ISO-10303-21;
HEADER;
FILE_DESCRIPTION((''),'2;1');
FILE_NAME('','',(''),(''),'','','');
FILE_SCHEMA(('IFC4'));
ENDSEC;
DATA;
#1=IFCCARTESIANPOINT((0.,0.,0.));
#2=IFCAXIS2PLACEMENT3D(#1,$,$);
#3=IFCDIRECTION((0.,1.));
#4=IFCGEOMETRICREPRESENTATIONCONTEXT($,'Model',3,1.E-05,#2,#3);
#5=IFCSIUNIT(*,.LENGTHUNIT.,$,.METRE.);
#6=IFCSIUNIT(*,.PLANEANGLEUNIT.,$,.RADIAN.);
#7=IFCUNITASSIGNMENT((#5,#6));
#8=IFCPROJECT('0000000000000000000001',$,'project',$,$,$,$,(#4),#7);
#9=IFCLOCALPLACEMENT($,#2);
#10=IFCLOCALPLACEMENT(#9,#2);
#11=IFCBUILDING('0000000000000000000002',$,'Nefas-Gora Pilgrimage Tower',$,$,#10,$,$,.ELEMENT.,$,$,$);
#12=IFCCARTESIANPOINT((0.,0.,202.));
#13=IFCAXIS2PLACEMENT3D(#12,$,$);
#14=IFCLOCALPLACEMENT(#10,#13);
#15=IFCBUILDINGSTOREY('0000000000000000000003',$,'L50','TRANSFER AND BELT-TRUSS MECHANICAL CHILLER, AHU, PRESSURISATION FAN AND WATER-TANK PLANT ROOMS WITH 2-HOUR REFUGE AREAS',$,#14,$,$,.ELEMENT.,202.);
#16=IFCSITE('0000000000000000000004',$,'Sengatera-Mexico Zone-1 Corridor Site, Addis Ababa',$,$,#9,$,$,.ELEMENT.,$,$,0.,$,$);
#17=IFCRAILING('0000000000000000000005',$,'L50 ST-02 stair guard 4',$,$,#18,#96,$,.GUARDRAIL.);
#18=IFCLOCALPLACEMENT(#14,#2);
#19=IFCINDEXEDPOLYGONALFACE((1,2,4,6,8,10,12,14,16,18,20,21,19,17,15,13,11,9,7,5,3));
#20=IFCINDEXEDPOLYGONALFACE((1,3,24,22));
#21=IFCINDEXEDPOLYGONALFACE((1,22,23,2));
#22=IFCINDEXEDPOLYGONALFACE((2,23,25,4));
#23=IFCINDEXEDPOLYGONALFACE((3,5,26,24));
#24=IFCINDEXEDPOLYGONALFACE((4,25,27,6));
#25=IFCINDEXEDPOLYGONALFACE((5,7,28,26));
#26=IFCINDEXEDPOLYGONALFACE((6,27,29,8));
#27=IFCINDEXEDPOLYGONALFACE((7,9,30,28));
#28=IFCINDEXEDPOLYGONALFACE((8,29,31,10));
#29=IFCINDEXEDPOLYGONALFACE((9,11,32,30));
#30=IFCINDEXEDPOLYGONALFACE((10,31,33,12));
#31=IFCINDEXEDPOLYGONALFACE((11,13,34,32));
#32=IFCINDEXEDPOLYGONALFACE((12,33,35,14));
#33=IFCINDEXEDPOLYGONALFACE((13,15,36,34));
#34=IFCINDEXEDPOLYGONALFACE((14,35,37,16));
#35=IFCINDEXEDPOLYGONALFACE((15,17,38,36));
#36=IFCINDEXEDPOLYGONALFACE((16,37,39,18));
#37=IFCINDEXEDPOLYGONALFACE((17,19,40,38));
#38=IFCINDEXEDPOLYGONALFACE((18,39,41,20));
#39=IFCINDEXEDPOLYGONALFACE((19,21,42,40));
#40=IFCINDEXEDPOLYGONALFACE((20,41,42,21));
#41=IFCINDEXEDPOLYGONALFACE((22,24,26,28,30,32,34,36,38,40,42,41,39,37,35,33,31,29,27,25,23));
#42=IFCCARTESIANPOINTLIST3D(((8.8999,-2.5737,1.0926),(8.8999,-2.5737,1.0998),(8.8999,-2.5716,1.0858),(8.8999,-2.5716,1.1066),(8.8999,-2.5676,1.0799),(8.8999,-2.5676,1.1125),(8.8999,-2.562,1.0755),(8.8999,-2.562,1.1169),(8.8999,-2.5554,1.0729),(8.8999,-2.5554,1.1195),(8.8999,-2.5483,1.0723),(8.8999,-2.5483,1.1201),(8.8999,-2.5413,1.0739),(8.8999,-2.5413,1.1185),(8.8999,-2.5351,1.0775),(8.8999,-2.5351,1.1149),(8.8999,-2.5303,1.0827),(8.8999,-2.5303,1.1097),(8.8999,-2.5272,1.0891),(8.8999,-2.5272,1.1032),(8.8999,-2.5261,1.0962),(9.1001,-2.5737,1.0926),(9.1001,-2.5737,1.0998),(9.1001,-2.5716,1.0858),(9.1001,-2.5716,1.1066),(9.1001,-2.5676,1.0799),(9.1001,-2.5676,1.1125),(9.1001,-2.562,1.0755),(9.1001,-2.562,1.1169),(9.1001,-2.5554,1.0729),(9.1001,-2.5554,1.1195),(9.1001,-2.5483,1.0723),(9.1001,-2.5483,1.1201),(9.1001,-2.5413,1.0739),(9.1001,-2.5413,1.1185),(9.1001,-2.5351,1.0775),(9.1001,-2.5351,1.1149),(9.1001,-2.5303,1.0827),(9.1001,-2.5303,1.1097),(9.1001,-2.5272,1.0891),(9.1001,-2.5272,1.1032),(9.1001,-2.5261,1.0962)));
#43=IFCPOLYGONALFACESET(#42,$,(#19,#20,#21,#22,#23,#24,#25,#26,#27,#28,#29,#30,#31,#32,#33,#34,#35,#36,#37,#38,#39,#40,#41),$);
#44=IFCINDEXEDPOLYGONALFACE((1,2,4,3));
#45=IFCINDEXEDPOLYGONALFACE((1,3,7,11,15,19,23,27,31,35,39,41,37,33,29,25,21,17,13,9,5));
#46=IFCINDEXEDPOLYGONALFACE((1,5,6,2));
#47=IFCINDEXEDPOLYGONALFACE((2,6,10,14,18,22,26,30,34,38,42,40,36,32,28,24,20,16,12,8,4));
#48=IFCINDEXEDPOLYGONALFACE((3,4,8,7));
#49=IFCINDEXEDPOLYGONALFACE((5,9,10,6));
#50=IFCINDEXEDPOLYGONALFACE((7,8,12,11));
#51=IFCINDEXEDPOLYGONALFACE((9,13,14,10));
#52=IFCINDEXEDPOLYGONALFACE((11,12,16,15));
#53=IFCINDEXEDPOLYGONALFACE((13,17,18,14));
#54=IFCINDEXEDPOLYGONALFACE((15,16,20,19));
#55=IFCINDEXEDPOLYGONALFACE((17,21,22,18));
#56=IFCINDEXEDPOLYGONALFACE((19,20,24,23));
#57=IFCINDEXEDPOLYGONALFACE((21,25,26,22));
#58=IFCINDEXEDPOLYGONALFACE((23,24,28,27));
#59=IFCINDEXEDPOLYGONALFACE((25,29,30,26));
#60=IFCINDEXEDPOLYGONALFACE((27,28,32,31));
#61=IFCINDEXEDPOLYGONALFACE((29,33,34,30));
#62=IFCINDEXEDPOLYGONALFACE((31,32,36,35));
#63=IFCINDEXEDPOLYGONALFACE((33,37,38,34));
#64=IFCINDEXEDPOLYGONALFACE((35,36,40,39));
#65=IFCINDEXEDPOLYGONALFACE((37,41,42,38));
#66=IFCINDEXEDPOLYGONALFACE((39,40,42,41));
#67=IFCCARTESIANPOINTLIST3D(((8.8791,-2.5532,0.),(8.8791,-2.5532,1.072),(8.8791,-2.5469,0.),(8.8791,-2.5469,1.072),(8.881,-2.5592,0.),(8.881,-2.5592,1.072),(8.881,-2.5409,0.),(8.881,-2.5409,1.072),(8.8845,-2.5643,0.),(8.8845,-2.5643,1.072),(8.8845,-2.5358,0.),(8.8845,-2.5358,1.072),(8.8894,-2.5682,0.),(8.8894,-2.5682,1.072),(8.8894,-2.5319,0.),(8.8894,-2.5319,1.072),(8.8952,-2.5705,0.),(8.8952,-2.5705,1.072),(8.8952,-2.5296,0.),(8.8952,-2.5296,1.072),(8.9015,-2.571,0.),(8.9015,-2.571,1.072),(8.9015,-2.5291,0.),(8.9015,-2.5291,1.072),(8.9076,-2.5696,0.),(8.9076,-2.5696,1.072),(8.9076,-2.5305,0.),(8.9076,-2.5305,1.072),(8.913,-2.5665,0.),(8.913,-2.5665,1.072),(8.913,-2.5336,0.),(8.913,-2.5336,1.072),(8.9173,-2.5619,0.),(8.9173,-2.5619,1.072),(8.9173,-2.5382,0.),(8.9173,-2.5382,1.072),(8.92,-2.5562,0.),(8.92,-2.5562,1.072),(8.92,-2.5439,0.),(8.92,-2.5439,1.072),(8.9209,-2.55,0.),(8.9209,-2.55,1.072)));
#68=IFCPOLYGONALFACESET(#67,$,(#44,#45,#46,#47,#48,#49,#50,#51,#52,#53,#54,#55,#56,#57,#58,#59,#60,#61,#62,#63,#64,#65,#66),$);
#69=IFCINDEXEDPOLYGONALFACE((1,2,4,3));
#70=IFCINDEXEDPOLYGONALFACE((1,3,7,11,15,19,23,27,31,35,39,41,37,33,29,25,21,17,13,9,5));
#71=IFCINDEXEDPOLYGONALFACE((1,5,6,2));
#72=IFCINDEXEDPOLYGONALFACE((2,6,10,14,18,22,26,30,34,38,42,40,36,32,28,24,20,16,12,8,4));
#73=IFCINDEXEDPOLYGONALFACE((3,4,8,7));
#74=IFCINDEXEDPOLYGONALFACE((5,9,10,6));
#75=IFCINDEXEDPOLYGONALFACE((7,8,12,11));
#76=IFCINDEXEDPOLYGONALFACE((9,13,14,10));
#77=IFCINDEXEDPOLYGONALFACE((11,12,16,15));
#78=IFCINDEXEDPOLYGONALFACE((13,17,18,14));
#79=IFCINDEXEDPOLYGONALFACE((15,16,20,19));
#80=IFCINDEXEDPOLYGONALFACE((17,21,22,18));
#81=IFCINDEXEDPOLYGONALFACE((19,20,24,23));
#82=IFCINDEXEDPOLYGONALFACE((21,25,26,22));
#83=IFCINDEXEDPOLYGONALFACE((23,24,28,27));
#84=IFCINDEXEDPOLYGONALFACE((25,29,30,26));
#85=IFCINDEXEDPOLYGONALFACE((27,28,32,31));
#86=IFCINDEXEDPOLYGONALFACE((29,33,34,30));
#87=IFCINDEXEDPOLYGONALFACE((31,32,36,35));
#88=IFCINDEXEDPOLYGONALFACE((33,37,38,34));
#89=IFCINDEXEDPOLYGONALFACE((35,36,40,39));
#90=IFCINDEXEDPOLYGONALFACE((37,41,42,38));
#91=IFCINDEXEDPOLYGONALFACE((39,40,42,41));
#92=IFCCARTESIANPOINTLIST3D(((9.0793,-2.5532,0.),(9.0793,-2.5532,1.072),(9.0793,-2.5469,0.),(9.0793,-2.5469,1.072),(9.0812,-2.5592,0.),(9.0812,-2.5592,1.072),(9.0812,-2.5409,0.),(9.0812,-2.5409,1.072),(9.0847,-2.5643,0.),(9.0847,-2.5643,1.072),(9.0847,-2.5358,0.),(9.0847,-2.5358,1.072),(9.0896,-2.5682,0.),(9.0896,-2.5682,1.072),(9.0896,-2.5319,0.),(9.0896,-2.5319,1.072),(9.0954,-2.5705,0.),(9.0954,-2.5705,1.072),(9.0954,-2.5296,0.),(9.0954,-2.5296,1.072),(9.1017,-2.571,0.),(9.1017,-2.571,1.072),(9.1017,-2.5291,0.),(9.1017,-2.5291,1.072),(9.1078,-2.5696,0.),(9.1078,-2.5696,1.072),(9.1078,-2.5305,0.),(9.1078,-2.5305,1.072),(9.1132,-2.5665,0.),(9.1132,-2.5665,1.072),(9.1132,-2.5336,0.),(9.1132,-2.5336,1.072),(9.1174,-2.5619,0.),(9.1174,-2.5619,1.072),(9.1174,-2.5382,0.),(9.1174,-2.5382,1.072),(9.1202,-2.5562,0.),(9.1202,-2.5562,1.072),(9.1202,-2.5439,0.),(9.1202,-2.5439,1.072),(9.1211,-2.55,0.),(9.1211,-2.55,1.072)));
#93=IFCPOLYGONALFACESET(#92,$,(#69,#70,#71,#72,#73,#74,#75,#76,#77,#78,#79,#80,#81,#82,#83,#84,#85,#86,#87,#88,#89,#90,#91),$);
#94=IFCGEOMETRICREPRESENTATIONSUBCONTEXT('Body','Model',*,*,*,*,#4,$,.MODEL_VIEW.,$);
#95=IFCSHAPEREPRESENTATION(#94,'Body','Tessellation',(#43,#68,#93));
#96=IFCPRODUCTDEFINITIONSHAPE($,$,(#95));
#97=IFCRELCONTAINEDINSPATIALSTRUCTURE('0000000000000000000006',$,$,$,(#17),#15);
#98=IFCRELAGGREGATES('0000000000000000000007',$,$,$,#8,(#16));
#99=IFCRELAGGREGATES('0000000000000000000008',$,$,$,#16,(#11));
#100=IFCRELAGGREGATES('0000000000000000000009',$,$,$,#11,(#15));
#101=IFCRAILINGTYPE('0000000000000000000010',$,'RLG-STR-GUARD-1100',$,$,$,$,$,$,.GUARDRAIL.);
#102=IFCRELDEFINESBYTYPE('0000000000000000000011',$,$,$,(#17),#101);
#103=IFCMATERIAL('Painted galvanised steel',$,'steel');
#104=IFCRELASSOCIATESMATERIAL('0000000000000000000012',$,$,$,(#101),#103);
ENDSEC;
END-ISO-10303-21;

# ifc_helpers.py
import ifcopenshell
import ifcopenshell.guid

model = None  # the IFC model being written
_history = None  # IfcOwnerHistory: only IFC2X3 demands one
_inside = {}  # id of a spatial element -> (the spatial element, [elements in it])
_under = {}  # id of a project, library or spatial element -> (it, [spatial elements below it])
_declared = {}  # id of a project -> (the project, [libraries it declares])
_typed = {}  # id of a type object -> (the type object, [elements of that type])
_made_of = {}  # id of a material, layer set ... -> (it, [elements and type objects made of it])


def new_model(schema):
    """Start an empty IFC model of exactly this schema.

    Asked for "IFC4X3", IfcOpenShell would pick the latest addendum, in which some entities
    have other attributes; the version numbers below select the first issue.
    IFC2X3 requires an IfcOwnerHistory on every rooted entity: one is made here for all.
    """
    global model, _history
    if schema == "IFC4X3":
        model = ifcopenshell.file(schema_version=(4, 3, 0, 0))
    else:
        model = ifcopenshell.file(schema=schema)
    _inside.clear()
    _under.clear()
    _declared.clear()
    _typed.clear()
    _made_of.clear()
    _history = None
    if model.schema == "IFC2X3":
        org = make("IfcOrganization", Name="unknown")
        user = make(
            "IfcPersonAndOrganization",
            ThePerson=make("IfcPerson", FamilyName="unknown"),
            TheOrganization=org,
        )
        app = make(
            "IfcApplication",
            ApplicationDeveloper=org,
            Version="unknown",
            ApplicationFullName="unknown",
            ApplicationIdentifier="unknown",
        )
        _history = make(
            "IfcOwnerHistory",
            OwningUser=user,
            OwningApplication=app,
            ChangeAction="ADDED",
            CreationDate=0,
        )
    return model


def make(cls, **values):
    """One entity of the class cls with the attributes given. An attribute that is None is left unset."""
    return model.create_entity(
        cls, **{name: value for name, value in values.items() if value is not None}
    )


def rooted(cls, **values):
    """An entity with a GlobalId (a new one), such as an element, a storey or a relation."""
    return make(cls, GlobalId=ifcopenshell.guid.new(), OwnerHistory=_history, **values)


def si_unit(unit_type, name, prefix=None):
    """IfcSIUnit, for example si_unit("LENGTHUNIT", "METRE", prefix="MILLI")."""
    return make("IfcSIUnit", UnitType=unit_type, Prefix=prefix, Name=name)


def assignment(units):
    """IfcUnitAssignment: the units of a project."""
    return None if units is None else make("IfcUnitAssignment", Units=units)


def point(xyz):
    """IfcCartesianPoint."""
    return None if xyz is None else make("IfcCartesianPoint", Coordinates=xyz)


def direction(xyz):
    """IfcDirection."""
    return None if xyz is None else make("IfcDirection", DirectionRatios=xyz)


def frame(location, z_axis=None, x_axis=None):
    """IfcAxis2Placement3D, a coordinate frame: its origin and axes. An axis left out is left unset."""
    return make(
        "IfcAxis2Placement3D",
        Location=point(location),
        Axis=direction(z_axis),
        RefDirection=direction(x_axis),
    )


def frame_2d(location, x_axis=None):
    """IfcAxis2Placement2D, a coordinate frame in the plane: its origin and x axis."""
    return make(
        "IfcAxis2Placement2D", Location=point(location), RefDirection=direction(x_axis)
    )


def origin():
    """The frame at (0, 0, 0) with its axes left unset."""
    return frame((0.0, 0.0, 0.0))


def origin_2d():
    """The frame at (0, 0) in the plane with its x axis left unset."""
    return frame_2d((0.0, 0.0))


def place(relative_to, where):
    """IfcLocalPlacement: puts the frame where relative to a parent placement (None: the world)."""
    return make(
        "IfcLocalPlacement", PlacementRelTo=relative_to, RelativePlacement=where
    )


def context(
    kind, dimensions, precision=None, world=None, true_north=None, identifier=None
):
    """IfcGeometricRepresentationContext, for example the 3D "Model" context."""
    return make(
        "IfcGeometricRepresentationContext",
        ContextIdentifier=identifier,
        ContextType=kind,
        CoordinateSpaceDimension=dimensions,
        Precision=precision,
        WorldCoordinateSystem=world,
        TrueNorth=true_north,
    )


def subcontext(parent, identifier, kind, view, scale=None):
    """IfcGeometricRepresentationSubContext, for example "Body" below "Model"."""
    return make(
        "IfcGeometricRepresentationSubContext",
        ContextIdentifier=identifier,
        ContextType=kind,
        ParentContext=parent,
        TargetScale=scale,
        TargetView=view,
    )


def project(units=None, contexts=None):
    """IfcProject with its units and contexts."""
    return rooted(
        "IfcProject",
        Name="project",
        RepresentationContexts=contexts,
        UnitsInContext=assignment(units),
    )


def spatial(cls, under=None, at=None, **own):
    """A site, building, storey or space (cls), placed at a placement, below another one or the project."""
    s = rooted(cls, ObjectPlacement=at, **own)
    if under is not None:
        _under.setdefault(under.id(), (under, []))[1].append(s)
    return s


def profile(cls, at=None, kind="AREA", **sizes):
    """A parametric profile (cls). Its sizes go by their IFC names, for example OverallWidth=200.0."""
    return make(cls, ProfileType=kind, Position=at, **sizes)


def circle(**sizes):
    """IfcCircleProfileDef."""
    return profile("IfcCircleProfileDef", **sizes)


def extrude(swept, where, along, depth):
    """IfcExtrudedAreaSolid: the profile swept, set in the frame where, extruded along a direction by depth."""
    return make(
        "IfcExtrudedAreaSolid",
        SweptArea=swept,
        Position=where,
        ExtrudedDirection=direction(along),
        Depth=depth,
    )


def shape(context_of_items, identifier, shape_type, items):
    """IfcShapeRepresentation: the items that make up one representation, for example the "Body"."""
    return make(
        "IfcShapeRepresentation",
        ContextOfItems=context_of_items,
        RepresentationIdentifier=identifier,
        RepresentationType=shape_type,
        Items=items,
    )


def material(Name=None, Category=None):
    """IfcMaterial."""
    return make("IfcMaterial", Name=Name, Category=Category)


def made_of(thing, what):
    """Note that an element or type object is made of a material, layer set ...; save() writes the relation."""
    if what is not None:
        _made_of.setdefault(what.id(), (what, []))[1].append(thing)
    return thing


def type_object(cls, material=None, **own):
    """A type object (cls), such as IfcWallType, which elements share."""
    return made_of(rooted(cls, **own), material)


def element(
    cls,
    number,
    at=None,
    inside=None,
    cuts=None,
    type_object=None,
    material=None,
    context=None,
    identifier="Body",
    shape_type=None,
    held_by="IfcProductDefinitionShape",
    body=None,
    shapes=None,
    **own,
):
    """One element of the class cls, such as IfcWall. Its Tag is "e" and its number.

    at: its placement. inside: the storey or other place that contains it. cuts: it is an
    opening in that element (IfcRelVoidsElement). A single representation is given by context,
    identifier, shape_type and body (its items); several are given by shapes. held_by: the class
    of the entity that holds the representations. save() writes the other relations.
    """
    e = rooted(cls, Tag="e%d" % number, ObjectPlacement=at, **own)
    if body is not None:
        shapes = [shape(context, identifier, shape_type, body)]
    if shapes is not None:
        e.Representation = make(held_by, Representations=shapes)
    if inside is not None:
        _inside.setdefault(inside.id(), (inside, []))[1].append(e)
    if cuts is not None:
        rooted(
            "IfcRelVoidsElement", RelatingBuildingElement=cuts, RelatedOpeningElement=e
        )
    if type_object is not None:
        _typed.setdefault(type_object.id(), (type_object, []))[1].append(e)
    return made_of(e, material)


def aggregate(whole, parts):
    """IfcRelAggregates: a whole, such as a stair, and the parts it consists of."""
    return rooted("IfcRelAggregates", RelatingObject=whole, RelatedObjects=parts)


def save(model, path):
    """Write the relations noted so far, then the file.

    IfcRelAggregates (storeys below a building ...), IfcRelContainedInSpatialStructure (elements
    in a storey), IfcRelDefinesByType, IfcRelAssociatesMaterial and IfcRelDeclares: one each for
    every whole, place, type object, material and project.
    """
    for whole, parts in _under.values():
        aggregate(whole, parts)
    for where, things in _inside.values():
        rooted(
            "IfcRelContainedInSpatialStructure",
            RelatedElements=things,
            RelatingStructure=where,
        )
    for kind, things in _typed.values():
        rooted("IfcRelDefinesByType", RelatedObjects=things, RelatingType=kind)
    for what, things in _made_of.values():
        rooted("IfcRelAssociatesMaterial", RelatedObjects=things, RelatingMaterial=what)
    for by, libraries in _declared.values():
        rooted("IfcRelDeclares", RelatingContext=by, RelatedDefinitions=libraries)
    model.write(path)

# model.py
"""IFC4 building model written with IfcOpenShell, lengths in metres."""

from ifc_helpers import new_model, si_unit, direction, frame, origin, origin_2d, place, context, subcontext, project, spatial, circle, extrude, material, type_object, element, save


model = new_model("IFC4")

# Units and contexts
model_context = context("Model", 3, precision=1e-05, world=origin(), true_north=direction((0.0, 1.0)))
body_context = subcontext(model_context, "Body", "Model", "MODEL_VIEW")
ifc_project = project(units=[si_unit("LENGTHUNIT", "METRE"), si_unit("PLANEANGLEUNIT", "RADIAN")], contexts=[model_context])

# Site, building, storey
site_placement = place(None, origin())
site = spatial("IfcSite", under=ifc_project, at=site_placement, Name="Sengatera-Mexico Zone-1 Corridor Site, Addis Ababa", CompositionType="ELEMENT", RefElevation=0.0)
building_placement = place(site_placement, origin())
building = spatial("IfcBuilding", under=site, at=building_placement, Name="Nefas-Gora Pilgrimage Tower", CompositionType="ELEMENT")
storey_placement = place(building_placement, frame((0.0, 0.0, 202.0)))
storey = spatial("IfcBuildingStorey", under=building, at=storey_placement, Name="L50", Description="TRANSFER AND BELT-TRUSS MECHANICAL CHILLER, AHU, PRESSURISATION FAN AND WATER-TANK PLANT ROOMS WITH 2-HOUR REFUGE AREAS", CompositionType="ELEMENT", Elevation=202.0)

# Railing
ifc_material_1 = material(Name="Painted galvanised steel", Category="steel")
railing_type_1 = type_object("IfcRailingType", Name="RLG-STR-GUARD-1100", PredefinedType="GUARDRAIL", material=ifc_material_1)
railing_1_placement = place(storey_placement, frame((8.8999, -2.55, 0.0)))
element("IfcRailing", 1, at=railing_1_placement, inside=storey, type_object=railing_type_1, Name="L50 ST-02 stair guard 4", PredefinedType="GUARDRAIL", context=body_context, shape_type="SweptSolid", body=[
    extrude(circle(Radius=0.0239, at=origin_2d()), frame((0.0, 0.0, 1.0962), z_axis=(1.0, 0.0, 0.0), x_axis=(0.0, 1.0, 0.0)), (0.0, 0.0, 1.0), 0.2002),
    extrude(circle(Radius=0.021, at=origin_2d()), origin(), (0.0, 0.0, 1.0), 1.072),
    extrude(circle(Radius=0.021, at=origin_2d()), frame((0.2002, 0.0, 0.0)), (0.0, 0.0, 1.0), 1.072),
])

save(model, "model.ifc")
